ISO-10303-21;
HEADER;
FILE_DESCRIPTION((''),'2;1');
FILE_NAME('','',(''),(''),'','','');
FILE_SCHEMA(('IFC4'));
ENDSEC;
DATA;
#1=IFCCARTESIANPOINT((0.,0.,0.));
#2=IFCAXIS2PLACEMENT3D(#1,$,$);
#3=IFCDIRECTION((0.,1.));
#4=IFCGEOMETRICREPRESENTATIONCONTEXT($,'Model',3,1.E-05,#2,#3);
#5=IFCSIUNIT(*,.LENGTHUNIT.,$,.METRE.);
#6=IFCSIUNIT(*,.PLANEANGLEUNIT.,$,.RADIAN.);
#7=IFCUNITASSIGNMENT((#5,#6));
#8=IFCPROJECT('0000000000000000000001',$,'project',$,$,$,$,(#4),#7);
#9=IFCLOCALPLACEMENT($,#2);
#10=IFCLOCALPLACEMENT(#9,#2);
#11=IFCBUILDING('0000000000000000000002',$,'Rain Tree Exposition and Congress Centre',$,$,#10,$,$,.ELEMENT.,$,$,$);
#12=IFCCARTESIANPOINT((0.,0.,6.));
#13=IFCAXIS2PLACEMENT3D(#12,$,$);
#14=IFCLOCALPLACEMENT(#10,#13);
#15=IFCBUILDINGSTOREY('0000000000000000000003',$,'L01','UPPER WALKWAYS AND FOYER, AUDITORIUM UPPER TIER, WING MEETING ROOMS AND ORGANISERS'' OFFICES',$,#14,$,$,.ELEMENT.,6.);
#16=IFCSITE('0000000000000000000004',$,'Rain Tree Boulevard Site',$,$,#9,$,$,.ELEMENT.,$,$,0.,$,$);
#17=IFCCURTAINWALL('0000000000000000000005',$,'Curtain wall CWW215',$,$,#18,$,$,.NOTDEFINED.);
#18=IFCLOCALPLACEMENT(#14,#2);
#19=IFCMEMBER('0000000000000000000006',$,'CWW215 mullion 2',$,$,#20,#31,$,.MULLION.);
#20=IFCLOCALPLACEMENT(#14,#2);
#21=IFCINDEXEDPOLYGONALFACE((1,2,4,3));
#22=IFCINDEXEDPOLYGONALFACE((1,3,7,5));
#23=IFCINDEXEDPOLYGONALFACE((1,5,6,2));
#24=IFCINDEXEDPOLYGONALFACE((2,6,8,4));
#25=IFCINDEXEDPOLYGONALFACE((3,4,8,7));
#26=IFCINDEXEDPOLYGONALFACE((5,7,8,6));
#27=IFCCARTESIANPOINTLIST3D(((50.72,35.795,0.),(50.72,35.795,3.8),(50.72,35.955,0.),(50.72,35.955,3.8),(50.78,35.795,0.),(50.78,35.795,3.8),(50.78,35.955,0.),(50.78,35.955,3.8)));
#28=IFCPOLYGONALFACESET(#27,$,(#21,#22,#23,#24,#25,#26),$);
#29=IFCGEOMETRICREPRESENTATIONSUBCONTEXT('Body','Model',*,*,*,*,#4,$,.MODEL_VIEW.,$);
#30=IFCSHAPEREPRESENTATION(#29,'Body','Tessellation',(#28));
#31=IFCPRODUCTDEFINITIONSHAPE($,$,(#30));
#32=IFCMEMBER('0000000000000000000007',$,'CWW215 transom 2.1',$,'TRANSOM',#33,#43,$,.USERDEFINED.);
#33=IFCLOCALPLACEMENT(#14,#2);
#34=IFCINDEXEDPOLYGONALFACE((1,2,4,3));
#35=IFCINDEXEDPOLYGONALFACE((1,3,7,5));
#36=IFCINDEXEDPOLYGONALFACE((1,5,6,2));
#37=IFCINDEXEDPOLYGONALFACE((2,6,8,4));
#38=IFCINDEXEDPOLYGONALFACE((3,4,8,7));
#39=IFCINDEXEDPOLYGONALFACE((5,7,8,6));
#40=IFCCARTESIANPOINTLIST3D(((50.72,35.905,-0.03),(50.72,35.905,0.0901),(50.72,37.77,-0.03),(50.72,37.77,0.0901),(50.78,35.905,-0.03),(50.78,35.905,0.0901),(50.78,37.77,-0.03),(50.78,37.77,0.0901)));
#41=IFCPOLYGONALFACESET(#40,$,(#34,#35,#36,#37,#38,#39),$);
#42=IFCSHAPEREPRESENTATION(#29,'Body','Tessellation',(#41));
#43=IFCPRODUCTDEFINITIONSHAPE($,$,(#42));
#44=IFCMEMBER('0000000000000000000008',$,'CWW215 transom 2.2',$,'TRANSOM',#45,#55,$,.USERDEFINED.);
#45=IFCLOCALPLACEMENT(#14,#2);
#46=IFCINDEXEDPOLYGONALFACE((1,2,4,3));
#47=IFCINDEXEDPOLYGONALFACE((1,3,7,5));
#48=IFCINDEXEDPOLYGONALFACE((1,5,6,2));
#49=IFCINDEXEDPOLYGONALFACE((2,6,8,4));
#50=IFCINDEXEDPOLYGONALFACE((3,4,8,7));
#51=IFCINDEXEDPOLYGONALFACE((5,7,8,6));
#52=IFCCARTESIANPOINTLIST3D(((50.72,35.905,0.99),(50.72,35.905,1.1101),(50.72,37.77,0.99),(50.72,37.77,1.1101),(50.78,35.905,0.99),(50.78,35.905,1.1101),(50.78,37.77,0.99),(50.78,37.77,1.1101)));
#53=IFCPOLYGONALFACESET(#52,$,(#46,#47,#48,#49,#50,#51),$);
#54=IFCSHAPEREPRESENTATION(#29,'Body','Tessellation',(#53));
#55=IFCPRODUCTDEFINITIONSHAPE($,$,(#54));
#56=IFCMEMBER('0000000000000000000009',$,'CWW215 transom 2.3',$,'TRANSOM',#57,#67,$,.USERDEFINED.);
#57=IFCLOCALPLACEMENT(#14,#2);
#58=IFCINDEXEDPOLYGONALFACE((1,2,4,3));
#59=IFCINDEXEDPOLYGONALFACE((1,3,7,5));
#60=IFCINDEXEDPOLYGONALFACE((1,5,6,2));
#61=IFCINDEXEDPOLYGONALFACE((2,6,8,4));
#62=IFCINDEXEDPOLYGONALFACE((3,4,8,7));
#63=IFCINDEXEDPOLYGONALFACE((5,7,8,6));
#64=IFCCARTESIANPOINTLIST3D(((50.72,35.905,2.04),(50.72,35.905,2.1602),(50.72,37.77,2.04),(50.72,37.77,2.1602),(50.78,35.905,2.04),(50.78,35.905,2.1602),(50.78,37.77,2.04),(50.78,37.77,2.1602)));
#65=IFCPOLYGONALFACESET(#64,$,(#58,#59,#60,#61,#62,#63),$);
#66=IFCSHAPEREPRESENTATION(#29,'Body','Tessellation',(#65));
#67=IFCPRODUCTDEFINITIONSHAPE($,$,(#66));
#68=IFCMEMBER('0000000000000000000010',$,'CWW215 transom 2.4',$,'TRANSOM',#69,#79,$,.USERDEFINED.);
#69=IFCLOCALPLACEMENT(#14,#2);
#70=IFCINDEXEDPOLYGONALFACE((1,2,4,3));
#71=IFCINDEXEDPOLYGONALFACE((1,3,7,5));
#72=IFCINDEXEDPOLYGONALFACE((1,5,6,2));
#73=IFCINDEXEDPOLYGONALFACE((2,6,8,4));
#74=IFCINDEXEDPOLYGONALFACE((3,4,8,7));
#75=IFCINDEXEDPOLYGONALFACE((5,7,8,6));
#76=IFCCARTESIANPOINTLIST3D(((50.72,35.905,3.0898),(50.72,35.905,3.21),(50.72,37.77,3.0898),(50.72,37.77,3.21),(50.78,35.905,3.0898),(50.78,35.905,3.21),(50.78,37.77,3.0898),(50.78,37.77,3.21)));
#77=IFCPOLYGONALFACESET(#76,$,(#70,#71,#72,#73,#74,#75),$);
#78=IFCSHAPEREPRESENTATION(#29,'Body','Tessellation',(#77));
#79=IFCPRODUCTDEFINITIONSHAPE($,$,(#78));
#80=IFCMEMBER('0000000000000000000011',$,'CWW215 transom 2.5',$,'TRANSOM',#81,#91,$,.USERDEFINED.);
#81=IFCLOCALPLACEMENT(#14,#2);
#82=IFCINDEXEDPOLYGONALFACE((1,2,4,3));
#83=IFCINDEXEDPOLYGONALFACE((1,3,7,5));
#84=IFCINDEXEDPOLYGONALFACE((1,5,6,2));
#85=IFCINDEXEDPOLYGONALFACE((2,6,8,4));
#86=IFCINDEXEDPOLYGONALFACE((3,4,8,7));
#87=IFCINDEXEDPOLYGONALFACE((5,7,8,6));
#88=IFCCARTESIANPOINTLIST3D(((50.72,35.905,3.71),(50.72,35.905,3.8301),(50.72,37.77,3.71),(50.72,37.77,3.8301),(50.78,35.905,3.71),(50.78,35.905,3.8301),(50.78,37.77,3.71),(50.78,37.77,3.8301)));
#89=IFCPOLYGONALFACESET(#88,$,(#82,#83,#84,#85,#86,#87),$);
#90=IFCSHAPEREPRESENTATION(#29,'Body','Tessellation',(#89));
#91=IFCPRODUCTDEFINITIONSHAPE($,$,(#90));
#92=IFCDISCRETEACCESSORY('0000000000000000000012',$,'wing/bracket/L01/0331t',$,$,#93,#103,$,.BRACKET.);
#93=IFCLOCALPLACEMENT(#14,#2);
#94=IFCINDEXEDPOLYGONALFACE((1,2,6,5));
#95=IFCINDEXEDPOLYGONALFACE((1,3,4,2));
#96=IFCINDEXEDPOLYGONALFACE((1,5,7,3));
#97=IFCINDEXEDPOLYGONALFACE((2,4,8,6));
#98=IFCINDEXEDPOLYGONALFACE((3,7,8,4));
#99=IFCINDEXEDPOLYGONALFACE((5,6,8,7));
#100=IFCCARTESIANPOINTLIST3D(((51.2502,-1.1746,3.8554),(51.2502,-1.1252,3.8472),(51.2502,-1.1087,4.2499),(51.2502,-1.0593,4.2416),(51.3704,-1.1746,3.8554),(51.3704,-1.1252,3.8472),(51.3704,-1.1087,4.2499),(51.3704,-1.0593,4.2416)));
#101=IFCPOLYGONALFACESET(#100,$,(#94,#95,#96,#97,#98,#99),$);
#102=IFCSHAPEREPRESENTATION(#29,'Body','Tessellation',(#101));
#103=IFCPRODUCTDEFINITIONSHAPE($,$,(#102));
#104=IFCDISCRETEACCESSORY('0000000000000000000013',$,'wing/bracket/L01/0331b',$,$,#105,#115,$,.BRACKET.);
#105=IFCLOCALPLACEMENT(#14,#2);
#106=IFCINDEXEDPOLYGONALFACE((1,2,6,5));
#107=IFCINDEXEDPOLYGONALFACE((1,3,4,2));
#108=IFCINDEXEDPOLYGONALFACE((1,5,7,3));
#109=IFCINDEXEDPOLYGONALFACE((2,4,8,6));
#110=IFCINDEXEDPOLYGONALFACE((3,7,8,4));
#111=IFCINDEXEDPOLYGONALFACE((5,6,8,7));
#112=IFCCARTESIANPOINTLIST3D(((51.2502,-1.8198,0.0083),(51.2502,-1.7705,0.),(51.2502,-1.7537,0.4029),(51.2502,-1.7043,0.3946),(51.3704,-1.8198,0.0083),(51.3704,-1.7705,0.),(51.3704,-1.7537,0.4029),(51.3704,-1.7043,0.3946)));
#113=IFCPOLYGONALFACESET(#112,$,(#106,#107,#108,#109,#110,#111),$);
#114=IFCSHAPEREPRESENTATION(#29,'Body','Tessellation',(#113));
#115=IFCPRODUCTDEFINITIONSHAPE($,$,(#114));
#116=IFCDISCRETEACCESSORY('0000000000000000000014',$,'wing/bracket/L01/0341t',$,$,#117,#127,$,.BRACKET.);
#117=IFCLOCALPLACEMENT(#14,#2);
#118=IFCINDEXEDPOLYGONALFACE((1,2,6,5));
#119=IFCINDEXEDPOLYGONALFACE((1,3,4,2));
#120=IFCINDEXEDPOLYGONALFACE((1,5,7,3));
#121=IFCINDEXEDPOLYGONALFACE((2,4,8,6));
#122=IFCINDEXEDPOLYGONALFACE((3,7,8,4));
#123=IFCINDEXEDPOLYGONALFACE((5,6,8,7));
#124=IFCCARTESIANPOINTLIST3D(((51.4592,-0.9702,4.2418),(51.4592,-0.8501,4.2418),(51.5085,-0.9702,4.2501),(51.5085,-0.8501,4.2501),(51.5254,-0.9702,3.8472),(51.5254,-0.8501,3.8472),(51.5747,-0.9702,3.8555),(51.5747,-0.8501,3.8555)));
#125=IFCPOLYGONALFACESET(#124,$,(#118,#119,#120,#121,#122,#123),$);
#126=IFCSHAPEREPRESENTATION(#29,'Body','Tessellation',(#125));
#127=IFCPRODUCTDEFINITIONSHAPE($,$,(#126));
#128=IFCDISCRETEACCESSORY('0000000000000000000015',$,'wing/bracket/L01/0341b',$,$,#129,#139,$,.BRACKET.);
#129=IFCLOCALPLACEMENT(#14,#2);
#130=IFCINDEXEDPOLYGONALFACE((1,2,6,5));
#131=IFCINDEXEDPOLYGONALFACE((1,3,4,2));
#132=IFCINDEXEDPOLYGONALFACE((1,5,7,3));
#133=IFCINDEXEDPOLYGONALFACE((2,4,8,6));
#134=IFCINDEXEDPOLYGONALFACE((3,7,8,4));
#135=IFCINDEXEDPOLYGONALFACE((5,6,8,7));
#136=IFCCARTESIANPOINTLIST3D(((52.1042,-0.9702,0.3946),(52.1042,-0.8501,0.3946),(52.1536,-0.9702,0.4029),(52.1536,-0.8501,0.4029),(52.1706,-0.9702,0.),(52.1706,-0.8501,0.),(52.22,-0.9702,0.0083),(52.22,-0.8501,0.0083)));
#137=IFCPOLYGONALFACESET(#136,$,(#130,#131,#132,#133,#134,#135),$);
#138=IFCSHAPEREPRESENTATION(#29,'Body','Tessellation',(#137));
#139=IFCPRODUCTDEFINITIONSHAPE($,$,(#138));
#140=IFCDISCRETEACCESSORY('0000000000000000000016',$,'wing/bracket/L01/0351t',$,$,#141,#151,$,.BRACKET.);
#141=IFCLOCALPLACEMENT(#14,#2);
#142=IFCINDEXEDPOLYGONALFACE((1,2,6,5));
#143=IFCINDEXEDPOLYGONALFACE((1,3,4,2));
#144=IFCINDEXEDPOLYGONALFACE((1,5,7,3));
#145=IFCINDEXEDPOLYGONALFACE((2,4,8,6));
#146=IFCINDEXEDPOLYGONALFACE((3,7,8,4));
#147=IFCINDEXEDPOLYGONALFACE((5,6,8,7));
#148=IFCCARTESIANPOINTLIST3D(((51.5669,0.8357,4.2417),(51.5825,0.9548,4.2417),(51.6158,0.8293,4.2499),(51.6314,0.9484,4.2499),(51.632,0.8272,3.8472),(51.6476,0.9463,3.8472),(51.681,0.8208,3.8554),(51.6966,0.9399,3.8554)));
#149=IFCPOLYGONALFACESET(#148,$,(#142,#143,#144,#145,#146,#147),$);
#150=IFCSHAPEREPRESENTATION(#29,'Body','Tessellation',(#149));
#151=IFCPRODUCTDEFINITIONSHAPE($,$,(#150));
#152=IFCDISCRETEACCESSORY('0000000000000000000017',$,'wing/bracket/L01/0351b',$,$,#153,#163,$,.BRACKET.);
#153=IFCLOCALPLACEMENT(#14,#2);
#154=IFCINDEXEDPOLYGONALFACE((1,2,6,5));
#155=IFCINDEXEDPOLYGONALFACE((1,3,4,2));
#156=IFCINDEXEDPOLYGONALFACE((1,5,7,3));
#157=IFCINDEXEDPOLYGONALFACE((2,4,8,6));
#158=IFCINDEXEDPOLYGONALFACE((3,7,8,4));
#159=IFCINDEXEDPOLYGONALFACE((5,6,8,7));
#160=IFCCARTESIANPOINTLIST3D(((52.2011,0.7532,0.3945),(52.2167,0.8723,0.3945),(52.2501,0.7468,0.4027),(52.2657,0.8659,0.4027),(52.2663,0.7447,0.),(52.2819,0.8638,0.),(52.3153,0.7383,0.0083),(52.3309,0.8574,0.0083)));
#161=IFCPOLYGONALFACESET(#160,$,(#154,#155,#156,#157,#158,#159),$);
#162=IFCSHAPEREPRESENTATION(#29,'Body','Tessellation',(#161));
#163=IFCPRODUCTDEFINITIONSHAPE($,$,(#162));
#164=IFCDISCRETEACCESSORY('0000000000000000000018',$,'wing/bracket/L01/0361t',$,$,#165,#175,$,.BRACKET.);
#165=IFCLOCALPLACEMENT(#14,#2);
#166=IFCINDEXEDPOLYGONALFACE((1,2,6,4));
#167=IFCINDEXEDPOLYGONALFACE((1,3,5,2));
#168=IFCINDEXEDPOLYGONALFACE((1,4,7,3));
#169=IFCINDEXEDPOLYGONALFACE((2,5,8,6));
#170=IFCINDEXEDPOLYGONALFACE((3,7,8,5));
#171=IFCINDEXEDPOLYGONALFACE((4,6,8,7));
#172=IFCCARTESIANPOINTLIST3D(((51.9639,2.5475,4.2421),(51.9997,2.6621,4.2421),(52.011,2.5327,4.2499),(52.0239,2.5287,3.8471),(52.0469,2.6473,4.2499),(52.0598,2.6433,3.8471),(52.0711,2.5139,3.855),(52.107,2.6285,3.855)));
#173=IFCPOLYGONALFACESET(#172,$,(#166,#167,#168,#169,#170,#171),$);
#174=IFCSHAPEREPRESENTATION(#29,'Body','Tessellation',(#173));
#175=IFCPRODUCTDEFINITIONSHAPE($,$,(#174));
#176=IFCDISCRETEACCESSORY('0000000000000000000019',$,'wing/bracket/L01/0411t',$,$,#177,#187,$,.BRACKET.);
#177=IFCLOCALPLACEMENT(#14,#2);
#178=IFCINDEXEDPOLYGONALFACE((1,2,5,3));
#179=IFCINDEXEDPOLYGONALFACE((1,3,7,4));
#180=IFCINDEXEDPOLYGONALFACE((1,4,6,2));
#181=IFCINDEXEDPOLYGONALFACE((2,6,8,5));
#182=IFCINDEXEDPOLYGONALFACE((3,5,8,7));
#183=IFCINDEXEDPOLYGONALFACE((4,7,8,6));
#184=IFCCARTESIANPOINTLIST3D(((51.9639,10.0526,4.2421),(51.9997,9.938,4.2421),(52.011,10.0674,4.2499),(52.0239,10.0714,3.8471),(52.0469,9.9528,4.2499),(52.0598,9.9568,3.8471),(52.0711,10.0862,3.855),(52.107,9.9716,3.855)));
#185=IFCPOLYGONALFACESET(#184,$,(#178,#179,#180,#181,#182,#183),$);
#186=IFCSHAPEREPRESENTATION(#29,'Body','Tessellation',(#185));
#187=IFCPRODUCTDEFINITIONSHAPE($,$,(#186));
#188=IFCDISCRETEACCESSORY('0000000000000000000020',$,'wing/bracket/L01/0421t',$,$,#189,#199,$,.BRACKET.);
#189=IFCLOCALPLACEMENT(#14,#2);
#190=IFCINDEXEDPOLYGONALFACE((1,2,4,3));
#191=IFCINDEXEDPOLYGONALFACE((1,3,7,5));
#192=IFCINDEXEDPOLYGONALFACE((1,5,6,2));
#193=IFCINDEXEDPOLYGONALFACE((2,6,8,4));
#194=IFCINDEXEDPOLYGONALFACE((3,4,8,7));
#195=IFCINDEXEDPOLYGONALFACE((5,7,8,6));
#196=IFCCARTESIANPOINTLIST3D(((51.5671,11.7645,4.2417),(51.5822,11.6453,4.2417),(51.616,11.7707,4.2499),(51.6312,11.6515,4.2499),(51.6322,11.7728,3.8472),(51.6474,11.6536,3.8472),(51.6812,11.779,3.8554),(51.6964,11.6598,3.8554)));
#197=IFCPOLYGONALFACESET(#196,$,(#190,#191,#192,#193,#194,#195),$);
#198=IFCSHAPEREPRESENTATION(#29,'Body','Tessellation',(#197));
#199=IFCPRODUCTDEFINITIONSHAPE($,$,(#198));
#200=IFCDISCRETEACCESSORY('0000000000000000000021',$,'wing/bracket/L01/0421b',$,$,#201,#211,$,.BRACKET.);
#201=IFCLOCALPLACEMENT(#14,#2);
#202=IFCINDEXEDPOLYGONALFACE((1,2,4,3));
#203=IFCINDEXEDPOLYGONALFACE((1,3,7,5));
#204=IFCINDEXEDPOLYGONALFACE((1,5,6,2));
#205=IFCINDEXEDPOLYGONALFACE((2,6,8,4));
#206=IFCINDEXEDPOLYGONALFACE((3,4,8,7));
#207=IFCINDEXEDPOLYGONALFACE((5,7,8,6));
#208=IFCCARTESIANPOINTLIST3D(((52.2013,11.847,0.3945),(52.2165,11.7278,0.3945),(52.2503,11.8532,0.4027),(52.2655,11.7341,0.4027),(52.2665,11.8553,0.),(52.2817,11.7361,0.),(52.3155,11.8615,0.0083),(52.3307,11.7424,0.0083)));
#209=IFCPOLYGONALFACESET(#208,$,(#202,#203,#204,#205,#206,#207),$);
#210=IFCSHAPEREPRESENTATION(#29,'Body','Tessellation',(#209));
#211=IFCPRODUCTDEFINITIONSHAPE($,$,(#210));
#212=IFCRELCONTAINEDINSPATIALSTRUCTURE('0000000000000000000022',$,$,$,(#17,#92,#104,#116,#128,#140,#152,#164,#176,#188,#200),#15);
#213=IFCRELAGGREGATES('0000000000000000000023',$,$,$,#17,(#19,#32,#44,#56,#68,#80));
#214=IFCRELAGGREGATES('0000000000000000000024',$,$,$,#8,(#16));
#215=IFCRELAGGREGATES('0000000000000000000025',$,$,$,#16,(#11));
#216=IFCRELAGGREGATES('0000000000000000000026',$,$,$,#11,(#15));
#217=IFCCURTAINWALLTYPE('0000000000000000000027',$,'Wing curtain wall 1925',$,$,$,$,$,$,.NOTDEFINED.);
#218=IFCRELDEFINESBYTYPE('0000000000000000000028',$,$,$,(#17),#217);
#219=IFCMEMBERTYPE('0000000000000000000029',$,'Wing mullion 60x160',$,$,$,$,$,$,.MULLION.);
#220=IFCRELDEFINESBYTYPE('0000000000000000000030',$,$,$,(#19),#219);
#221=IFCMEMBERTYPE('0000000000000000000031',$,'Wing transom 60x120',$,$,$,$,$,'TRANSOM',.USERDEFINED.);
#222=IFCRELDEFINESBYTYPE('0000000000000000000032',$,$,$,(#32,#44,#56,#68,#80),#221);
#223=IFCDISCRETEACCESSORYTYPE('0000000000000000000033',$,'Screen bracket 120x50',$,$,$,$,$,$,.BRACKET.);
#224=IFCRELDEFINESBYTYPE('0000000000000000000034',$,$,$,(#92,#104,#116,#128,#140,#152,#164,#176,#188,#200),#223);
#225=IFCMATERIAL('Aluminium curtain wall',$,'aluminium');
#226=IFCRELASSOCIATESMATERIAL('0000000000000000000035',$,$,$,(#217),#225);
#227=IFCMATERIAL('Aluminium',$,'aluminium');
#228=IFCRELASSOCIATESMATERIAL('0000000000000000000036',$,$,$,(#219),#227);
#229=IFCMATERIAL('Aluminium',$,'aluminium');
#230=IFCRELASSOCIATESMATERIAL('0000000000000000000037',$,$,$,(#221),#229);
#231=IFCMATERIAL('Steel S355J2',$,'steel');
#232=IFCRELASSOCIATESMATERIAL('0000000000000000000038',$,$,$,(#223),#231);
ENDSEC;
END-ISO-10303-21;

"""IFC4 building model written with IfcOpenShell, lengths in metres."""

from ifc_helpers import new_model, si_unit, direction, frame, origin, origin_2d, place, context, subcontext, project, spatial, rectangle, extrude, material, material_profile, profile_set, type_object, element, aggregate, save


model = new_model("IFC4")

# Units and contexts
model_context = context("Model", 3, precision=1e-05, world=origin(), true_north=direction((0.0, 1.0)))
body_context = subcontext(model_context, "Body", "Model", "MODEL_VIEW")
ifc_project = project(units=[si_unit("LENGTHUNIT", "METRE"), si_unit("PLANEANGLEUNIT", "RADIAN")], contexts=[model_context])

# Site, building, storey
site_placement = place(None, origin())
site = spatial("IfcSite", under=ifc_project, at=site_placement, Name="Rain Tree Boulevard Site", CompositionType="ELEMENT", RefElevation=0.0)
building_placement = place(site_placement, origin())
building = spatial("IfcBuilding", under=site, at=building_placement, Name="Rain Tree Exposition and Congress Centre", CompositionType="ELEMENT")
storey_placement = place(building_placement, frame((0.0, 0.0, 6.0)))
storey = spatial("IfcBuildingStorey", under=building, at=storey_placement, Name="L01", Description="UPPER WALKWAYS AND FOYER, AUDITORIUM UPPER TIER, WING MEETING ROOMS AND ORGANISERS' OFFICES", CompositionType="ELEMENT", Elevation=6.0)

# Curtain wall, members
ifc_material_1 = material(Name="Aluminium curtain wall", Category="aluminium")
curtain_wall_type = type_object("IfcCurtainWallType", Name="Wing curtain wall 1925", PredefinedType="NOTDEFINED", material=ifc_material_1)
curtain_wall_placement = place(storey_placement, origin())
curtain_wall = element("IfcCurtainWall", 1, at=curtain_wall_placement, inside=storey, type_object=curtain_wall_type, Name="Curtain wall CWW215", PredefinedType="NOTDEFINED")
ifc_material_2 = material(Name="Aluminium", Category="aluminium")
ifc_material_profile_1 = material_profile(ifc_material_2, rectangle(XDim=0.0601, YDim=0.1599, at=origin_2d()), Name="Aluminium 60x160")
ifc_profile_set_1 = profile_set([ifc_material_profile_1], Name="Aluminium")
member_type_1 = type_object("IfcMemberType", Name="Wing mullion 60x160", PredefinedType="MULLION", material=ifc_profile_set_1)
member_1_placement = place(storey_placement, frame((50.75, 35.875, 0.0), z_axis=(0.0, 0.0, 1.0), x_axis=(-1.0, 0.0, 0.0)))
member_1 = element("IfcMember", 2, at=member_1_placement, type_object=member_type_1, Name="CWW215 mullion 2", PredefinedType="MULLION", context=body_context, shape_type="SweptSolid", body=[
    extrude(rectangle(XDim=0.0601, YDim=0.1599, at=origin_2d()), origin(), (0.0, 0.0, 1.0), 3.8),
])
ifc_material_3 = material(Name="Aluminium", Category="aluminium")
ifc_material_profile_2 = material_profile(ifc_material_3, rectangle(XDim=0.0601, YDim=0.1201, at=origin_2d()), Name="Aluminium 60x120")
ifc_profile_set_2 = profile_set([ifc_material_profile_2], Name="Aluminium")
member_type_2 = type_object("IfcMemberType", Name="Wing transom 60x120", ElementType="TRANSOM", PredefinedType="USERDEFINED", material=ifc_profile_set_2)
member_2_placement = place(storey_placement, frame((50.75, 35.905, 0.03), z_axis=(0.0, 1.0, 0.0), x_axis=(-1.0, 0.0, 0.0)))
member_2 = element("IfcMember", 3, at=member_2_placement, type_object=member_type_2, Name="CWW215 transom 2.1", ObjectType="TRANSOM", PredefinedType="USERDEFINED", context=body_context, shape_type="SweptSolid", body=[
    extrude(rectangle(XDim=0.0601, YDim=0.1201, at=origin_2d()), origin(), (0.0, 0.0, 1.0), 1.865),
])
member_3_placement = place(storey_placement, frame((50.75, 35.905, 1.05), z_axis=(0.0, 1.0, 0.0), x_axis=(-1.0, 0.0, 0.0)))
member_3 = element("IfcMember", 4, at=member_3_placement, type_object=member_type_2, Name="CWW215 transom 2.2", ObjectType="TRANSOM", PredefinedType="USERDEFINED", context=body_context, shape_type="SweptSolid", body=[
    extrude(rectangle(XDim=0.0601, YDim=0.1201, at=origin_2d()), origin(), (0.0, 0.0, 1.0), 1.865),
])
member_4_placement = place(storey_placement, frame((50.75, 35.905, 2.1001), z_axis=(0.0, 1.0, 0.0), x_axis=(-1.0, 0.0, 0.0)))
member_4 = element("IfcMember", 5, at=member_4_placement, type_object=member_type_2, Name="CWW215 transom 2.3", ObjectType="TRANSOM", PredefinedType="USERDEFINED", context=body_context, shape_type="SweptSolid", body=[
    extrude(rectangle(XDim=0.0601, YDim=0.1201, at=origin_2d()), origin(), (0.0, 0.0, 1.0), 1.865),
])
member_5_placement = place(storey_placement, frame((50.75, 35.905, 3.1499), z_axis=(0.0, 1.0, 0.0), x_axis=(-1.0, 0.0, 0.0)))
member_5 = element("IfcMember", 6, at=member_5_placement, type_object=member_type_2, Name="CWW215 transom 2.4", ObjectType="TRANSOM", PredefinedType="USERDEFINED", context=body_context, shape_type="SweptSolid", body=[
    extrude(rectangle(XDim=0.0601, YDim=0.1201, at=origin_2d()), origin(), (0.0, 0.0, 1.0), 1.865),
])
member_6_placement = place(storey_placement, frame((50.75, 35.905, 3.77), z_axis=(0.0, 1.0, 0.0), x_axis=(-1.0, 0.0, 0.0)))
member_6 = element("IfcMember", 7, at=member_6_placement, type_object=member_type_2, Name="CWW215 transom 2.5", ObjectType="TRANSOM", PredefinedType="USERDEFINED", context=body_context, shape_type="SweptSolid", body=[
    extrude(rectangle(XDim=0.0601, YDim=0.1201, at=origin_2d()), origin(), (0.0, 0.0, 1.0), 1.865),
])
aggregate(curtain_wall, [member_1, member_2, member_3, member_4, member_5, member_6])

# Discrete accessories
ifc_material_4 = material(Name="Steel S355J2", Category="steel")
ifc_material_profile_3 = material_profile(ifc_material_4, rectangle(XDim=0.1201, YDim=0.05, at=origin_2d()), Name="Flat bar 120x50")
ifc_profile_set_3 = profile_set([ifc_material_profile_3], Name="Steel S355J2")
discrete_accessory_type = type_object("IfcDiscreteAccessoryType", Name="Screen bracket 120x50", PredefinedType="BRACKET", material=ifc_profile_set_3)
discrete_accessory_placement = place(storey_placement, frame((51.3103, -1.1499, 3.8513), z_axis=(0.0, 0.164795, 0.986328), x_axis=(-1.0, 0.0, 0.0)))
element("IfcDiscreteAccessory", 8, at=discrete_accessory_placement, inside=storey, type_object=discrete_accessory_type, Name="wing/bracket/L01/0331t", PredefinedType="BRACKET", context=body_context, shape_type="SweptSolid", body=[
    extrude(rectangle(XDim=0.1201, YDim=0.05, at=origin_2d()), origin(), (0.0, 0.0, 1.0), 0.3999),
])
for number, where, z_axis, x_axis, name in (
    (9, (51.3103, -1.7952, 0.0042), (0.0, 0.165389, 0.986228), (-1.0, 0.0, 0.0), "wing/bracket/L01/0331b"),
    (10, (51.55, -0.9102, 3.8513), (-0.165389, 0.0, 0.986228), (0.0, -1.0, 0.0), "wing/bracket/L01/0341t"),
    (11, (52.1953, -0.9102, 0.0042), (-0.165982, 0.0, 0.986129), (0.0, -1.0, 0.0), "wing/bracket/L01/0341b"),
):
    element("IfcDiscreteAccessory", number, at=place(storey_placement, frame(where, z_axis=z_axis, x_axis=x_axis)), inside=storey, type_object=discrete_accessory_type, Name=name, PredefinedType="BRACKET", context=body_context, shape_type="SweptSolid", body=[
        extrude(rectangle(XDim=0.1201, YDim=0.05, at=origin_2d()), origin(), (0.0, 0.0, 1.0), 0.4001),
    ])
for number, where, z_axis, x_axis, name in (
    (12, (51.6643, 0.8835, 3.8513), (-0.162976, 0.021364, 0.986399), (-0.129974, -0.991517, 0.0), "wing/bracket/L01/0351t"),
    (13, (52.2986, 0.801, 0.0042), (-0.162976, 0.021364, 0.986399), (-0.129974, -0.991517, 0.0), "wing/bracket/L01/0351b"),
    (14, (52.0654, 2.5786, 3.8511), (-0.150146, 0.046997, 0.987546), (-0.298717, -0.954342, 0.0), "wing/bracket/L01/0361t"),
    (15, (52.0654, 10.0215, 3.8511), (-0.150146, -0.046997, 0.987546), (0.298717, -0.954342, 0.0), "wing/bracket/L01/0411t"),
    (16, (51.6643, 11.7163, 3.8513), (-0.162978, -0.020754, 0.986411), (0.126321, -0.991989, 0.0), "wing/bracket/L01/0421t"),
    (17, (52.2986, 11.7988, 0.0042), (-0.162978, -0.020754, 0.986411), (0.126321, -0.991989, 0.0), "wing/bracket/L01/0421b"),
):
    element("IfcDiscreteAccessory", number, at=place(storey_placement, frame(where, z_axis=z_axis, x_axis=x_axis)), inside=storey, type_object=discrete_accessory_type, Name=name, PredefinedType="BRACKET", context=body_context, shape_type="SweptSolid", body=[
        extrude(rectangle(XDim=0.1201, YDim=0.05, at=origin_2d()), origin(), (0.0, 0.0, 1.0), 0.3999),
    ])

save(model, "model.ifc")
